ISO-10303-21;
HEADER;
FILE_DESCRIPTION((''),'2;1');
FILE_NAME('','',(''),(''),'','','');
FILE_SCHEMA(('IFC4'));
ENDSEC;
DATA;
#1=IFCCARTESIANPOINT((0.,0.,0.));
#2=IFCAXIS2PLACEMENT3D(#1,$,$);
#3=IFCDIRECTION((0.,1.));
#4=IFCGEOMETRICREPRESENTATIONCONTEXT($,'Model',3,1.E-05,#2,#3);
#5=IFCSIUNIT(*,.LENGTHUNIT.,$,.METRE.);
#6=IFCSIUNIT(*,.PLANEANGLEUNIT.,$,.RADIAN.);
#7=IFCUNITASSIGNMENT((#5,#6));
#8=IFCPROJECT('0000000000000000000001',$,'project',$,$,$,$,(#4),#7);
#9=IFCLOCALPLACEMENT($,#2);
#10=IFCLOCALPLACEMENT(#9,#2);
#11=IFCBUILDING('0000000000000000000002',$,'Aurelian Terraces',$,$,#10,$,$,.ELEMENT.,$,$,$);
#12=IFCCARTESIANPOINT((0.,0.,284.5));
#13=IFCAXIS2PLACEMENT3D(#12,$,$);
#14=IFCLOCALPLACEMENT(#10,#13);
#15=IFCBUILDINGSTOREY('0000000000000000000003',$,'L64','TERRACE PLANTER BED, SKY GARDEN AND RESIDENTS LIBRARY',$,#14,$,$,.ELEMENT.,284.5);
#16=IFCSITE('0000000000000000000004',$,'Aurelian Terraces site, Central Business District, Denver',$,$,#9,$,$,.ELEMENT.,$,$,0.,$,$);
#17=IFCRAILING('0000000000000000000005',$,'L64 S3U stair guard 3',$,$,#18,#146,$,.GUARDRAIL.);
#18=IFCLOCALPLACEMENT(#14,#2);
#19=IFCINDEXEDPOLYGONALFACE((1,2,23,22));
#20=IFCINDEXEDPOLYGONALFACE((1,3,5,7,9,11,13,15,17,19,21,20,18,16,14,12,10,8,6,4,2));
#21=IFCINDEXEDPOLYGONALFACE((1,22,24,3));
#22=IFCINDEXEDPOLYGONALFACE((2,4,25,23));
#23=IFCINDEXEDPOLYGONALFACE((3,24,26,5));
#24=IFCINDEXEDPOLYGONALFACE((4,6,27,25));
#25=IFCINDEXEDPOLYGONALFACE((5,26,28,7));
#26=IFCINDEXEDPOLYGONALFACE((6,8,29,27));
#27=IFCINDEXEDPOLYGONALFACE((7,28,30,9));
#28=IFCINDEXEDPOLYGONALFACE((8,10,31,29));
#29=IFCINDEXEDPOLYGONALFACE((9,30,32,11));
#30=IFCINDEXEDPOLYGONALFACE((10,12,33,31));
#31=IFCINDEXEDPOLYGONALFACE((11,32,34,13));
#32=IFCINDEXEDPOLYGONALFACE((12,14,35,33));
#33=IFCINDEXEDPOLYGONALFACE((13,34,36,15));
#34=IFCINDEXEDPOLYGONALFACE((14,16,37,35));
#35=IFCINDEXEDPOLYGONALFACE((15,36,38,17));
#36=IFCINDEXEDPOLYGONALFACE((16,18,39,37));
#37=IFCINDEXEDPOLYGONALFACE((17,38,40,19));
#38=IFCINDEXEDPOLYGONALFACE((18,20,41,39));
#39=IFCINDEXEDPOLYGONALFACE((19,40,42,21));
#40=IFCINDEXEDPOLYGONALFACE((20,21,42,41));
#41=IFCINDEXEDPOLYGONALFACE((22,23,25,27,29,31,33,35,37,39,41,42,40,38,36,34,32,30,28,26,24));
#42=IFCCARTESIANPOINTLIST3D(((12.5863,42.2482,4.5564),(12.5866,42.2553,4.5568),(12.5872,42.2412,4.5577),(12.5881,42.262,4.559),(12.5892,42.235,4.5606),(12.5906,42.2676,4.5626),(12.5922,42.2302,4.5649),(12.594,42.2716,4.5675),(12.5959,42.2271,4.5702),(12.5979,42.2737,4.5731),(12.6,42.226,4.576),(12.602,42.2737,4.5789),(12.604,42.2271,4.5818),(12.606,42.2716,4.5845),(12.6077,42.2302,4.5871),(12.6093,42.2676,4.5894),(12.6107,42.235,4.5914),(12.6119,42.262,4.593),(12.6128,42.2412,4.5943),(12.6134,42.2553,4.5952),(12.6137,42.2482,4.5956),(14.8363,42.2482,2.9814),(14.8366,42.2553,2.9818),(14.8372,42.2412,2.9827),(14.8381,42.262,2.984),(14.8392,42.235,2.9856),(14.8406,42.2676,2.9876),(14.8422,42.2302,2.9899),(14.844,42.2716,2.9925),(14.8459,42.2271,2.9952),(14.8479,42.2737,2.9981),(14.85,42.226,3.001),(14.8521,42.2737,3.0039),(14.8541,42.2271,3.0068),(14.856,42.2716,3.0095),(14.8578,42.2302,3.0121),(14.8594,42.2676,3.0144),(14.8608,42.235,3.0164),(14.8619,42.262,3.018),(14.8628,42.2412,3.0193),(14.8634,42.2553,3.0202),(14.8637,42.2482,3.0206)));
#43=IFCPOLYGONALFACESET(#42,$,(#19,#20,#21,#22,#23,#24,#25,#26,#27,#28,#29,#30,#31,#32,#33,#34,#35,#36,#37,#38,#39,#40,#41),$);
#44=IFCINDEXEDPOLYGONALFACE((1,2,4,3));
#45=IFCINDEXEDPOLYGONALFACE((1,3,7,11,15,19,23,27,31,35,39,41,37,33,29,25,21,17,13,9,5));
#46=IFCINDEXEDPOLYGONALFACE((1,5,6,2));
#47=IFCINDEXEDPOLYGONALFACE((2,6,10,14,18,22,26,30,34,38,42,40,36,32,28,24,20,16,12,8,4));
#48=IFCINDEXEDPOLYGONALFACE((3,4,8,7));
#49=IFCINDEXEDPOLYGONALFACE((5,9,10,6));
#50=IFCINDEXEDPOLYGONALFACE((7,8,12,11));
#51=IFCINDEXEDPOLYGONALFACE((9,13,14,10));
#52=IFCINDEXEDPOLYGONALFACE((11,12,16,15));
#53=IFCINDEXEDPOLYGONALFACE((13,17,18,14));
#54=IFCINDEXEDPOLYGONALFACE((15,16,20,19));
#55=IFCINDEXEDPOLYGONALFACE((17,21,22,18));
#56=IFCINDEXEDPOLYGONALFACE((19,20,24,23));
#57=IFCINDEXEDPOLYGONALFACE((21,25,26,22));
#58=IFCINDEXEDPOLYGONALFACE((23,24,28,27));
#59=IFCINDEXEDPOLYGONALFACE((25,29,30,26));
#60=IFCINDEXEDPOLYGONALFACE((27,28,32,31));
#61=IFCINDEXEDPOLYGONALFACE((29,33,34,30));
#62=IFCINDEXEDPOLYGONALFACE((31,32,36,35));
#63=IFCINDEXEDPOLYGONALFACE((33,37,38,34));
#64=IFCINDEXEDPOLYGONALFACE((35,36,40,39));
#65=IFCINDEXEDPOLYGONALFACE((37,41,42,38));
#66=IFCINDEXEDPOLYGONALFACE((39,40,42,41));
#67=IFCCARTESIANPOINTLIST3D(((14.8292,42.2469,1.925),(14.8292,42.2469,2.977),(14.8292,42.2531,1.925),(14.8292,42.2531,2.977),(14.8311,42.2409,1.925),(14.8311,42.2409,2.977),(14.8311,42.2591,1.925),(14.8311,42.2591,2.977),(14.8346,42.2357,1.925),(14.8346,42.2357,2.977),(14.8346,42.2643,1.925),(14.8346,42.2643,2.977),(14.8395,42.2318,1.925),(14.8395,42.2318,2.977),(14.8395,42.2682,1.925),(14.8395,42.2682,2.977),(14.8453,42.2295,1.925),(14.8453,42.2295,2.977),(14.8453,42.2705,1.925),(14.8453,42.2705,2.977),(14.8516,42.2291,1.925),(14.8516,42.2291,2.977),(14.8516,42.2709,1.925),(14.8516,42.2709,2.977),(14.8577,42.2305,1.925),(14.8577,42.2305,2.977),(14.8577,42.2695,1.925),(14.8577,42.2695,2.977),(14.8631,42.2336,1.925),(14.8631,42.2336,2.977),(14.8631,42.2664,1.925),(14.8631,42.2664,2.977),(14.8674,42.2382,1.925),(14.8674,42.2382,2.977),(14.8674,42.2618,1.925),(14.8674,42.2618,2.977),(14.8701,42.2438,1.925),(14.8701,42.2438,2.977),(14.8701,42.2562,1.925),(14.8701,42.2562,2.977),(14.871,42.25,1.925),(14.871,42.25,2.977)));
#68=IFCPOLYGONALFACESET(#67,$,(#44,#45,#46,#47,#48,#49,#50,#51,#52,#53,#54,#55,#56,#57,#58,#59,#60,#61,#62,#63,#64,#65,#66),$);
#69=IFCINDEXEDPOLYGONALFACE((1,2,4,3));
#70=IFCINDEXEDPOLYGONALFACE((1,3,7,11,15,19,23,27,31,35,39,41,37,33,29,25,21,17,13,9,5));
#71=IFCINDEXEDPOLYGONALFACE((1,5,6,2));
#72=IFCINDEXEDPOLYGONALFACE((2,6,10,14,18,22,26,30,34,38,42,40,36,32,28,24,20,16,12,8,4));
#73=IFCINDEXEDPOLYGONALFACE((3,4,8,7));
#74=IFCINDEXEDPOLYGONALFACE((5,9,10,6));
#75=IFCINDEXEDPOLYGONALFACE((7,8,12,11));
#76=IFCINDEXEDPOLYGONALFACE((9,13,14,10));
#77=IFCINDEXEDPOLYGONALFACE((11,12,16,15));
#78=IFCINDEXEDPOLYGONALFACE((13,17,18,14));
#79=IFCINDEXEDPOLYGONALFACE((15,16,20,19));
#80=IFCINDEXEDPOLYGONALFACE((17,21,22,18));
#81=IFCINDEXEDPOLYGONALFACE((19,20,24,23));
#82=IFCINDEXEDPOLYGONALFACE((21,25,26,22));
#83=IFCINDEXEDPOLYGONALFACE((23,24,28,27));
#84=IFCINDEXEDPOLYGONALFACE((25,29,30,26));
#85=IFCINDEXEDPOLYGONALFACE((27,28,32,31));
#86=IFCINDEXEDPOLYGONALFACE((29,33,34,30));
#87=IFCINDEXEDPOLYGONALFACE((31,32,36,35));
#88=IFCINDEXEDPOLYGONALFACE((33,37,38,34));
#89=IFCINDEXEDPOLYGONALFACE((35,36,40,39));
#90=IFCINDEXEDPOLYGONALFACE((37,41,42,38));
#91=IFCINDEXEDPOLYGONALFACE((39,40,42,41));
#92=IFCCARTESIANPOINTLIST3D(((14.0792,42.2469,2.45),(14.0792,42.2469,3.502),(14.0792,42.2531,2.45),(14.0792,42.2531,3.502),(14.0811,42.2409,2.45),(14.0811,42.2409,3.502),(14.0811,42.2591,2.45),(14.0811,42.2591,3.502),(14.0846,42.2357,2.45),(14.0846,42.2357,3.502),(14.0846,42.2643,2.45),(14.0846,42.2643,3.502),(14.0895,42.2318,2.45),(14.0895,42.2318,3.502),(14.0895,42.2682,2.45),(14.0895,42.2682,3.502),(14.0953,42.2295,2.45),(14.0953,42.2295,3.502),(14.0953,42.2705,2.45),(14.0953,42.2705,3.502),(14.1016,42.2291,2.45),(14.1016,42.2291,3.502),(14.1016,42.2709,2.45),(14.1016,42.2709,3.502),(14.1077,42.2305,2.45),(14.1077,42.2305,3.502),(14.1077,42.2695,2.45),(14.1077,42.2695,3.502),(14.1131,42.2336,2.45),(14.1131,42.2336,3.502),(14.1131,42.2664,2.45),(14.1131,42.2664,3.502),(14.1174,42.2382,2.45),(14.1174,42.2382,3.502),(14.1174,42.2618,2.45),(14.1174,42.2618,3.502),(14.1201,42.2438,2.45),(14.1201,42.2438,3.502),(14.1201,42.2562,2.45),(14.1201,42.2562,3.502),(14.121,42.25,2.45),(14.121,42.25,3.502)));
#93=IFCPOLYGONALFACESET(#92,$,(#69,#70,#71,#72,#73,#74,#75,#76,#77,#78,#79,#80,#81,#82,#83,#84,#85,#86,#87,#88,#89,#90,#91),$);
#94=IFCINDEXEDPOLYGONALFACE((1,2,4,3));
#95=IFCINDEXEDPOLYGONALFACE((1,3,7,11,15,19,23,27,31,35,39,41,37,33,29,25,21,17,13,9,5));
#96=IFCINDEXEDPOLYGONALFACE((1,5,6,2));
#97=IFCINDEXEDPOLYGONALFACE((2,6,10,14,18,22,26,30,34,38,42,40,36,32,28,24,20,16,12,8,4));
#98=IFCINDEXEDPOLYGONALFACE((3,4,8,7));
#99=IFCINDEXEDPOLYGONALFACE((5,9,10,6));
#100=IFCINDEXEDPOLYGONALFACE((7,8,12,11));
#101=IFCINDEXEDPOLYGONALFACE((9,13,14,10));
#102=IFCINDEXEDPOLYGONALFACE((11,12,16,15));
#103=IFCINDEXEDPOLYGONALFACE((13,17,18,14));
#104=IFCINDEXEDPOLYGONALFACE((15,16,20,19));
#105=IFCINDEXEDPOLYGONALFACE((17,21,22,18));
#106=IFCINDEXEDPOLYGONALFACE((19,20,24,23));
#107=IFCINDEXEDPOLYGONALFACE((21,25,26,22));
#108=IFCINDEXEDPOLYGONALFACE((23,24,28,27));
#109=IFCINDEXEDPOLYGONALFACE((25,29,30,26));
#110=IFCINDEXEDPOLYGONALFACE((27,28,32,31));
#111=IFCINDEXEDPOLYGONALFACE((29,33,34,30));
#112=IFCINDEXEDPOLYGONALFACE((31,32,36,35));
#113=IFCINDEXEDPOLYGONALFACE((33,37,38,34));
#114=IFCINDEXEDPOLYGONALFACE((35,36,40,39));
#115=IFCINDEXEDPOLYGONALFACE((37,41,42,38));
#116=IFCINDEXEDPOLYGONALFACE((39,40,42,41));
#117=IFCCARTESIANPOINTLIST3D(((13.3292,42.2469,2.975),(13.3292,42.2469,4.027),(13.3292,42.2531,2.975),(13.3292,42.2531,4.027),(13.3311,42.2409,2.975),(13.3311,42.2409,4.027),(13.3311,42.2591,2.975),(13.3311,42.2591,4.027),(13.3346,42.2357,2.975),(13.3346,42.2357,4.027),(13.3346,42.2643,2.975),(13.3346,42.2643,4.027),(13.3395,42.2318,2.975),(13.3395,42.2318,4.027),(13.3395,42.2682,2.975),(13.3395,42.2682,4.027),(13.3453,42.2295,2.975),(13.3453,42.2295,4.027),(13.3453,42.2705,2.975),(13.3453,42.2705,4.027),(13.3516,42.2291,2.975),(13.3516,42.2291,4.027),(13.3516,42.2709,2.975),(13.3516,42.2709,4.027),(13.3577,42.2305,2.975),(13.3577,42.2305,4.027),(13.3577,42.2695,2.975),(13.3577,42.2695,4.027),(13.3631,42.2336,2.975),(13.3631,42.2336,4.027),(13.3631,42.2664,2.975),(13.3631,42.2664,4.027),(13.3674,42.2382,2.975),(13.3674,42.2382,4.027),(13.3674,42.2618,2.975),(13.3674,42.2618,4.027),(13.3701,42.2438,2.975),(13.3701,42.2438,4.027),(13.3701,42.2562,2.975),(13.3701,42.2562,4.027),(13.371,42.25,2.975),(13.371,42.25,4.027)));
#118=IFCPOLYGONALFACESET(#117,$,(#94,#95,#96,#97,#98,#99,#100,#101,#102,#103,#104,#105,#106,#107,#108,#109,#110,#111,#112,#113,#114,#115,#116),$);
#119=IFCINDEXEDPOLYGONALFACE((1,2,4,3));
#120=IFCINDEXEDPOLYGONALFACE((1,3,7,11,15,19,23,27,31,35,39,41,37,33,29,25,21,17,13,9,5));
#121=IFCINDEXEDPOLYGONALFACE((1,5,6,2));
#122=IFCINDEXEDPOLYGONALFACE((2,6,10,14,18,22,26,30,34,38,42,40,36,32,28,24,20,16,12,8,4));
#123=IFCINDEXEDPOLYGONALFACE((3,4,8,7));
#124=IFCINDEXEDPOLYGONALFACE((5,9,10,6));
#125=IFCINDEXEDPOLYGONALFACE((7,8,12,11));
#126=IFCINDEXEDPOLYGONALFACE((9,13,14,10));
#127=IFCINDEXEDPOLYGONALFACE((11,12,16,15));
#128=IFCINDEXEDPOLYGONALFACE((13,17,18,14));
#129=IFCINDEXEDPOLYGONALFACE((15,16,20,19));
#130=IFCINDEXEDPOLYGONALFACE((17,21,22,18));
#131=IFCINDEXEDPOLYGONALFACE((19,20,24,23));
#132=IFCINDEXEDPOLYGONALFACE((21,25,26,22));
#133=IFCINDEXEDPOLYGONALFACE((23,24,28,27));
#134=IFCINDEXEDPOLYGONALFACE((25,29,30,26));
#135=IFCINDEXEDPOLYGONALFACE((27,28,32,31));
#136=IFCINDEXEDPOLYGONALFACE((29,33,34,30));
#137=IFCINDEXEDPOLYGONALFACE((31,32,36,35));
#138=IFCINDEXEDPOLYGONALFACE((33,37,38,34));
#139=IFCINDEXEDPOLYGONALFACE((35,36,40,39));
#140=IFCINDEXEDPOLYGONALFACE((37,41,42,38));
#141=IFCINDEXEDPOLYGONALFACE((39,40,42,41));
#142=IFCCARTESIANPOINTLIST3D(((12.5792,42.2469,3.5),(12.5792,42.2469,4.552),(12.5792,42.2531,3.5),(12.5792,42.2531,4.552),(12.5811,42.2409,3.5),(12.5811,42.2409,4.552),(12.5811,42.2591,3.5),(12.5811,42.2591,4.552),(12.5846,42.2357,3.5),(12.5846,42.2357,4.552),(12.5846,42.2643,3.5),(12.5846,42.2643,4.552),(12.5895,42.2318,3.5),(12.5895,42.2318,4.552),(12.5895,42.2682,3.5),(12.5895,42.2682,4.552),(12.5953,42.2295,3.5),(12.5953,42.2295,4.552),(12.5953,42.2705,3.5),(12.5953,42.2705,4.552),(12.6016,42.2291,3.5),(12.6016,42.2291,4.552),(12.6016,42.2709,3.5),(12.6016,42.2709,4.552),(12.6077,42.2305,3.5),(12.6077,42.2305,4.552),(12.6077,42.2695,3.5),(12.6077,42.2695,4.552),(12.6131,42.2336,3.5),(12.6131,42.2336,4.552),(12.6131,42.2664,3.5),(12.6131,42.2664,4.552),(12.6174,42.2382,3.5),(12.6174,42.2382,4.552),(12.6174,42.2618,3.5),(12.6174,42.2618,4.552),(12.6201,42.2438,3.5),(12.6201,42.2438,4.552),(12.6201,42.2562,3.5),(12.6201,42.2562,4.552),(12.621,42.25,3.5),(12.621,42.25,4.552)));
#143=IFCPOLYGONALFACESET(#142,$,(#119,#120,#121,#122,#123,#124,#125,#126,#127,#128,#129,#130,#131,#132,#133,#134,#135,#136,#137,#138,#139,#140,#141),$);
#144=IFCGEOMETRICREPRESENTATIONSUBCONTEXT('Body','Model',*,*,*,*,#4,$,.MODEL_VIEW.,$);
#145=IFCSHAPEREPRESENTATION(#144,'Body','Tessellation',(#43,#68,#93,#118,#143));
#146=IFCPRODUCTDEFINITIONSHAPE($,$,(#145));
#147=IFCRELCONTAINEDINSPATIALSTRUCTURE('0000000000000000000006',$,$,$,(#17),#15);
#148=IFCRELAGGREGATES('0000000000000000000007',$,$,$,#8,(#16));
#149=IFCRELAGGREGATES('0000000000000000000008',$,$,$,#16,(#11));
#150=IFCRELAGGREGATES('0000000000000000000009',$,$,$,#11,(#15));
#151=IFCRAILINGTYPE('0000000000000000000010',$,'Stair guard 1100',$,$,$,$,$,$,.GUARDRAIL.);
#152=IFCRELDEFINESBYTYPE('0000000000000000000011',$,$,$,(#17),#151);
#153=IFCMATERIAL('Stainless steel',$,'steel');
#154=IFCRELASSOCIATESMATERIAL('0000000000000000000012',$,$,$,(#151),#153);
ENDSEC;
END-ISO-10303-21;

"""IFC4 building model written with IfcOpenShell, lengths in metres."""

from ifc_helpers import new_model, si_unit, direction, frame, origin, origin_2d, place, context, subcontext, project, spatial, circle, extrude, material, type_object, element, save


model = new_model("IFC4")

# Units and contexts
model_context = context("Model", 3, precision=1e-05, world=origin(), true_north=direction((0.0, 1.0)))
body_context = subcontext(model_context, "Body", "Model", "MODEL_VIEW")
ifc_project = project(units=[si_unit("LENGTHUNIT", "METRE"), si_unit("PLANEANGLEUNIT", "RADIAN")], contexts=[model_context])

# Site, building, storey
site_placement = place(None, origin())
site = spatial("IfcSite", under=ifc_project, at=site_placement, Name="Aurelian Terraces site, Central Business District, Denver", CompositionType="ELEMENT", RefElevation=0.0)
building_placement = place(site_placement, origin())
building = spatial("IfcBuilding", under=site, at=building_placement, Name="Aurelian Terraces", CompositionType="ELEMENT")
storey_placement = place(building_placement, frame((0.0, 0.0, 284.5)))
storey = spatial("IfcBuildingStorey", under=building, at=storey_placement, Name="L64", Description="TERRACE PLANTER BED, SKY GARDEN AND RESIDENTS LIBRARY", CompositionType="ELEMENT", Elevation=284.5)

# Railing
ifc_material_1 = material(Name="Stainless steel", Category="steel")
railing_type_1 = type_object("IfcRailingType", Name="Stair guard 1100", PredefinedType="GUARDRAIL", material=ifc_material_1)
railing_1_placement = place(storey_placement, frame((14.85, 42.25, 1.925)))
element("IfcRailing", 1, at=railing_1_placement, inside=storey, type_object=railing_type_1, Name="L64 S3U stair guard 3", PredefinedType="GUARDRAIL", context=body_context, shape_type="SweptSolid", body=[
    extrude(circle(Radius=0.024, at=origin_2d()), frame((0.0, 0.0, 1.076), z_axis=(-0.819232, 0.0, 0.573462), x_axis=(0.0, -1.0, 0.0)), (0.0, 0.0, 1.0), 2.7465),
    extrude(circle(Radius=0.021, at=origin_2d()), origin(), (0.0, 0.0, 1.0), 1.052),
    extrude(circle(Radius=0.021, at=origin_2d()), frame((-0.75, 0.0, 0.525)), (0.0, 0.0, 1.0), 1.052),
    extrude(circle(Radius=0.021, at=origin_2d()), frame((-1.5, 0.0, 1.05)), (0.0, 0.0, 1.0), 1.052),
    extrude(circle(Radius=0.021, at=origin_2d()), frame((-2.25, 0.0, 1.575)), (0.0, 0.0, 1.0), 1.052),
])

save(model, "model.ifc")
